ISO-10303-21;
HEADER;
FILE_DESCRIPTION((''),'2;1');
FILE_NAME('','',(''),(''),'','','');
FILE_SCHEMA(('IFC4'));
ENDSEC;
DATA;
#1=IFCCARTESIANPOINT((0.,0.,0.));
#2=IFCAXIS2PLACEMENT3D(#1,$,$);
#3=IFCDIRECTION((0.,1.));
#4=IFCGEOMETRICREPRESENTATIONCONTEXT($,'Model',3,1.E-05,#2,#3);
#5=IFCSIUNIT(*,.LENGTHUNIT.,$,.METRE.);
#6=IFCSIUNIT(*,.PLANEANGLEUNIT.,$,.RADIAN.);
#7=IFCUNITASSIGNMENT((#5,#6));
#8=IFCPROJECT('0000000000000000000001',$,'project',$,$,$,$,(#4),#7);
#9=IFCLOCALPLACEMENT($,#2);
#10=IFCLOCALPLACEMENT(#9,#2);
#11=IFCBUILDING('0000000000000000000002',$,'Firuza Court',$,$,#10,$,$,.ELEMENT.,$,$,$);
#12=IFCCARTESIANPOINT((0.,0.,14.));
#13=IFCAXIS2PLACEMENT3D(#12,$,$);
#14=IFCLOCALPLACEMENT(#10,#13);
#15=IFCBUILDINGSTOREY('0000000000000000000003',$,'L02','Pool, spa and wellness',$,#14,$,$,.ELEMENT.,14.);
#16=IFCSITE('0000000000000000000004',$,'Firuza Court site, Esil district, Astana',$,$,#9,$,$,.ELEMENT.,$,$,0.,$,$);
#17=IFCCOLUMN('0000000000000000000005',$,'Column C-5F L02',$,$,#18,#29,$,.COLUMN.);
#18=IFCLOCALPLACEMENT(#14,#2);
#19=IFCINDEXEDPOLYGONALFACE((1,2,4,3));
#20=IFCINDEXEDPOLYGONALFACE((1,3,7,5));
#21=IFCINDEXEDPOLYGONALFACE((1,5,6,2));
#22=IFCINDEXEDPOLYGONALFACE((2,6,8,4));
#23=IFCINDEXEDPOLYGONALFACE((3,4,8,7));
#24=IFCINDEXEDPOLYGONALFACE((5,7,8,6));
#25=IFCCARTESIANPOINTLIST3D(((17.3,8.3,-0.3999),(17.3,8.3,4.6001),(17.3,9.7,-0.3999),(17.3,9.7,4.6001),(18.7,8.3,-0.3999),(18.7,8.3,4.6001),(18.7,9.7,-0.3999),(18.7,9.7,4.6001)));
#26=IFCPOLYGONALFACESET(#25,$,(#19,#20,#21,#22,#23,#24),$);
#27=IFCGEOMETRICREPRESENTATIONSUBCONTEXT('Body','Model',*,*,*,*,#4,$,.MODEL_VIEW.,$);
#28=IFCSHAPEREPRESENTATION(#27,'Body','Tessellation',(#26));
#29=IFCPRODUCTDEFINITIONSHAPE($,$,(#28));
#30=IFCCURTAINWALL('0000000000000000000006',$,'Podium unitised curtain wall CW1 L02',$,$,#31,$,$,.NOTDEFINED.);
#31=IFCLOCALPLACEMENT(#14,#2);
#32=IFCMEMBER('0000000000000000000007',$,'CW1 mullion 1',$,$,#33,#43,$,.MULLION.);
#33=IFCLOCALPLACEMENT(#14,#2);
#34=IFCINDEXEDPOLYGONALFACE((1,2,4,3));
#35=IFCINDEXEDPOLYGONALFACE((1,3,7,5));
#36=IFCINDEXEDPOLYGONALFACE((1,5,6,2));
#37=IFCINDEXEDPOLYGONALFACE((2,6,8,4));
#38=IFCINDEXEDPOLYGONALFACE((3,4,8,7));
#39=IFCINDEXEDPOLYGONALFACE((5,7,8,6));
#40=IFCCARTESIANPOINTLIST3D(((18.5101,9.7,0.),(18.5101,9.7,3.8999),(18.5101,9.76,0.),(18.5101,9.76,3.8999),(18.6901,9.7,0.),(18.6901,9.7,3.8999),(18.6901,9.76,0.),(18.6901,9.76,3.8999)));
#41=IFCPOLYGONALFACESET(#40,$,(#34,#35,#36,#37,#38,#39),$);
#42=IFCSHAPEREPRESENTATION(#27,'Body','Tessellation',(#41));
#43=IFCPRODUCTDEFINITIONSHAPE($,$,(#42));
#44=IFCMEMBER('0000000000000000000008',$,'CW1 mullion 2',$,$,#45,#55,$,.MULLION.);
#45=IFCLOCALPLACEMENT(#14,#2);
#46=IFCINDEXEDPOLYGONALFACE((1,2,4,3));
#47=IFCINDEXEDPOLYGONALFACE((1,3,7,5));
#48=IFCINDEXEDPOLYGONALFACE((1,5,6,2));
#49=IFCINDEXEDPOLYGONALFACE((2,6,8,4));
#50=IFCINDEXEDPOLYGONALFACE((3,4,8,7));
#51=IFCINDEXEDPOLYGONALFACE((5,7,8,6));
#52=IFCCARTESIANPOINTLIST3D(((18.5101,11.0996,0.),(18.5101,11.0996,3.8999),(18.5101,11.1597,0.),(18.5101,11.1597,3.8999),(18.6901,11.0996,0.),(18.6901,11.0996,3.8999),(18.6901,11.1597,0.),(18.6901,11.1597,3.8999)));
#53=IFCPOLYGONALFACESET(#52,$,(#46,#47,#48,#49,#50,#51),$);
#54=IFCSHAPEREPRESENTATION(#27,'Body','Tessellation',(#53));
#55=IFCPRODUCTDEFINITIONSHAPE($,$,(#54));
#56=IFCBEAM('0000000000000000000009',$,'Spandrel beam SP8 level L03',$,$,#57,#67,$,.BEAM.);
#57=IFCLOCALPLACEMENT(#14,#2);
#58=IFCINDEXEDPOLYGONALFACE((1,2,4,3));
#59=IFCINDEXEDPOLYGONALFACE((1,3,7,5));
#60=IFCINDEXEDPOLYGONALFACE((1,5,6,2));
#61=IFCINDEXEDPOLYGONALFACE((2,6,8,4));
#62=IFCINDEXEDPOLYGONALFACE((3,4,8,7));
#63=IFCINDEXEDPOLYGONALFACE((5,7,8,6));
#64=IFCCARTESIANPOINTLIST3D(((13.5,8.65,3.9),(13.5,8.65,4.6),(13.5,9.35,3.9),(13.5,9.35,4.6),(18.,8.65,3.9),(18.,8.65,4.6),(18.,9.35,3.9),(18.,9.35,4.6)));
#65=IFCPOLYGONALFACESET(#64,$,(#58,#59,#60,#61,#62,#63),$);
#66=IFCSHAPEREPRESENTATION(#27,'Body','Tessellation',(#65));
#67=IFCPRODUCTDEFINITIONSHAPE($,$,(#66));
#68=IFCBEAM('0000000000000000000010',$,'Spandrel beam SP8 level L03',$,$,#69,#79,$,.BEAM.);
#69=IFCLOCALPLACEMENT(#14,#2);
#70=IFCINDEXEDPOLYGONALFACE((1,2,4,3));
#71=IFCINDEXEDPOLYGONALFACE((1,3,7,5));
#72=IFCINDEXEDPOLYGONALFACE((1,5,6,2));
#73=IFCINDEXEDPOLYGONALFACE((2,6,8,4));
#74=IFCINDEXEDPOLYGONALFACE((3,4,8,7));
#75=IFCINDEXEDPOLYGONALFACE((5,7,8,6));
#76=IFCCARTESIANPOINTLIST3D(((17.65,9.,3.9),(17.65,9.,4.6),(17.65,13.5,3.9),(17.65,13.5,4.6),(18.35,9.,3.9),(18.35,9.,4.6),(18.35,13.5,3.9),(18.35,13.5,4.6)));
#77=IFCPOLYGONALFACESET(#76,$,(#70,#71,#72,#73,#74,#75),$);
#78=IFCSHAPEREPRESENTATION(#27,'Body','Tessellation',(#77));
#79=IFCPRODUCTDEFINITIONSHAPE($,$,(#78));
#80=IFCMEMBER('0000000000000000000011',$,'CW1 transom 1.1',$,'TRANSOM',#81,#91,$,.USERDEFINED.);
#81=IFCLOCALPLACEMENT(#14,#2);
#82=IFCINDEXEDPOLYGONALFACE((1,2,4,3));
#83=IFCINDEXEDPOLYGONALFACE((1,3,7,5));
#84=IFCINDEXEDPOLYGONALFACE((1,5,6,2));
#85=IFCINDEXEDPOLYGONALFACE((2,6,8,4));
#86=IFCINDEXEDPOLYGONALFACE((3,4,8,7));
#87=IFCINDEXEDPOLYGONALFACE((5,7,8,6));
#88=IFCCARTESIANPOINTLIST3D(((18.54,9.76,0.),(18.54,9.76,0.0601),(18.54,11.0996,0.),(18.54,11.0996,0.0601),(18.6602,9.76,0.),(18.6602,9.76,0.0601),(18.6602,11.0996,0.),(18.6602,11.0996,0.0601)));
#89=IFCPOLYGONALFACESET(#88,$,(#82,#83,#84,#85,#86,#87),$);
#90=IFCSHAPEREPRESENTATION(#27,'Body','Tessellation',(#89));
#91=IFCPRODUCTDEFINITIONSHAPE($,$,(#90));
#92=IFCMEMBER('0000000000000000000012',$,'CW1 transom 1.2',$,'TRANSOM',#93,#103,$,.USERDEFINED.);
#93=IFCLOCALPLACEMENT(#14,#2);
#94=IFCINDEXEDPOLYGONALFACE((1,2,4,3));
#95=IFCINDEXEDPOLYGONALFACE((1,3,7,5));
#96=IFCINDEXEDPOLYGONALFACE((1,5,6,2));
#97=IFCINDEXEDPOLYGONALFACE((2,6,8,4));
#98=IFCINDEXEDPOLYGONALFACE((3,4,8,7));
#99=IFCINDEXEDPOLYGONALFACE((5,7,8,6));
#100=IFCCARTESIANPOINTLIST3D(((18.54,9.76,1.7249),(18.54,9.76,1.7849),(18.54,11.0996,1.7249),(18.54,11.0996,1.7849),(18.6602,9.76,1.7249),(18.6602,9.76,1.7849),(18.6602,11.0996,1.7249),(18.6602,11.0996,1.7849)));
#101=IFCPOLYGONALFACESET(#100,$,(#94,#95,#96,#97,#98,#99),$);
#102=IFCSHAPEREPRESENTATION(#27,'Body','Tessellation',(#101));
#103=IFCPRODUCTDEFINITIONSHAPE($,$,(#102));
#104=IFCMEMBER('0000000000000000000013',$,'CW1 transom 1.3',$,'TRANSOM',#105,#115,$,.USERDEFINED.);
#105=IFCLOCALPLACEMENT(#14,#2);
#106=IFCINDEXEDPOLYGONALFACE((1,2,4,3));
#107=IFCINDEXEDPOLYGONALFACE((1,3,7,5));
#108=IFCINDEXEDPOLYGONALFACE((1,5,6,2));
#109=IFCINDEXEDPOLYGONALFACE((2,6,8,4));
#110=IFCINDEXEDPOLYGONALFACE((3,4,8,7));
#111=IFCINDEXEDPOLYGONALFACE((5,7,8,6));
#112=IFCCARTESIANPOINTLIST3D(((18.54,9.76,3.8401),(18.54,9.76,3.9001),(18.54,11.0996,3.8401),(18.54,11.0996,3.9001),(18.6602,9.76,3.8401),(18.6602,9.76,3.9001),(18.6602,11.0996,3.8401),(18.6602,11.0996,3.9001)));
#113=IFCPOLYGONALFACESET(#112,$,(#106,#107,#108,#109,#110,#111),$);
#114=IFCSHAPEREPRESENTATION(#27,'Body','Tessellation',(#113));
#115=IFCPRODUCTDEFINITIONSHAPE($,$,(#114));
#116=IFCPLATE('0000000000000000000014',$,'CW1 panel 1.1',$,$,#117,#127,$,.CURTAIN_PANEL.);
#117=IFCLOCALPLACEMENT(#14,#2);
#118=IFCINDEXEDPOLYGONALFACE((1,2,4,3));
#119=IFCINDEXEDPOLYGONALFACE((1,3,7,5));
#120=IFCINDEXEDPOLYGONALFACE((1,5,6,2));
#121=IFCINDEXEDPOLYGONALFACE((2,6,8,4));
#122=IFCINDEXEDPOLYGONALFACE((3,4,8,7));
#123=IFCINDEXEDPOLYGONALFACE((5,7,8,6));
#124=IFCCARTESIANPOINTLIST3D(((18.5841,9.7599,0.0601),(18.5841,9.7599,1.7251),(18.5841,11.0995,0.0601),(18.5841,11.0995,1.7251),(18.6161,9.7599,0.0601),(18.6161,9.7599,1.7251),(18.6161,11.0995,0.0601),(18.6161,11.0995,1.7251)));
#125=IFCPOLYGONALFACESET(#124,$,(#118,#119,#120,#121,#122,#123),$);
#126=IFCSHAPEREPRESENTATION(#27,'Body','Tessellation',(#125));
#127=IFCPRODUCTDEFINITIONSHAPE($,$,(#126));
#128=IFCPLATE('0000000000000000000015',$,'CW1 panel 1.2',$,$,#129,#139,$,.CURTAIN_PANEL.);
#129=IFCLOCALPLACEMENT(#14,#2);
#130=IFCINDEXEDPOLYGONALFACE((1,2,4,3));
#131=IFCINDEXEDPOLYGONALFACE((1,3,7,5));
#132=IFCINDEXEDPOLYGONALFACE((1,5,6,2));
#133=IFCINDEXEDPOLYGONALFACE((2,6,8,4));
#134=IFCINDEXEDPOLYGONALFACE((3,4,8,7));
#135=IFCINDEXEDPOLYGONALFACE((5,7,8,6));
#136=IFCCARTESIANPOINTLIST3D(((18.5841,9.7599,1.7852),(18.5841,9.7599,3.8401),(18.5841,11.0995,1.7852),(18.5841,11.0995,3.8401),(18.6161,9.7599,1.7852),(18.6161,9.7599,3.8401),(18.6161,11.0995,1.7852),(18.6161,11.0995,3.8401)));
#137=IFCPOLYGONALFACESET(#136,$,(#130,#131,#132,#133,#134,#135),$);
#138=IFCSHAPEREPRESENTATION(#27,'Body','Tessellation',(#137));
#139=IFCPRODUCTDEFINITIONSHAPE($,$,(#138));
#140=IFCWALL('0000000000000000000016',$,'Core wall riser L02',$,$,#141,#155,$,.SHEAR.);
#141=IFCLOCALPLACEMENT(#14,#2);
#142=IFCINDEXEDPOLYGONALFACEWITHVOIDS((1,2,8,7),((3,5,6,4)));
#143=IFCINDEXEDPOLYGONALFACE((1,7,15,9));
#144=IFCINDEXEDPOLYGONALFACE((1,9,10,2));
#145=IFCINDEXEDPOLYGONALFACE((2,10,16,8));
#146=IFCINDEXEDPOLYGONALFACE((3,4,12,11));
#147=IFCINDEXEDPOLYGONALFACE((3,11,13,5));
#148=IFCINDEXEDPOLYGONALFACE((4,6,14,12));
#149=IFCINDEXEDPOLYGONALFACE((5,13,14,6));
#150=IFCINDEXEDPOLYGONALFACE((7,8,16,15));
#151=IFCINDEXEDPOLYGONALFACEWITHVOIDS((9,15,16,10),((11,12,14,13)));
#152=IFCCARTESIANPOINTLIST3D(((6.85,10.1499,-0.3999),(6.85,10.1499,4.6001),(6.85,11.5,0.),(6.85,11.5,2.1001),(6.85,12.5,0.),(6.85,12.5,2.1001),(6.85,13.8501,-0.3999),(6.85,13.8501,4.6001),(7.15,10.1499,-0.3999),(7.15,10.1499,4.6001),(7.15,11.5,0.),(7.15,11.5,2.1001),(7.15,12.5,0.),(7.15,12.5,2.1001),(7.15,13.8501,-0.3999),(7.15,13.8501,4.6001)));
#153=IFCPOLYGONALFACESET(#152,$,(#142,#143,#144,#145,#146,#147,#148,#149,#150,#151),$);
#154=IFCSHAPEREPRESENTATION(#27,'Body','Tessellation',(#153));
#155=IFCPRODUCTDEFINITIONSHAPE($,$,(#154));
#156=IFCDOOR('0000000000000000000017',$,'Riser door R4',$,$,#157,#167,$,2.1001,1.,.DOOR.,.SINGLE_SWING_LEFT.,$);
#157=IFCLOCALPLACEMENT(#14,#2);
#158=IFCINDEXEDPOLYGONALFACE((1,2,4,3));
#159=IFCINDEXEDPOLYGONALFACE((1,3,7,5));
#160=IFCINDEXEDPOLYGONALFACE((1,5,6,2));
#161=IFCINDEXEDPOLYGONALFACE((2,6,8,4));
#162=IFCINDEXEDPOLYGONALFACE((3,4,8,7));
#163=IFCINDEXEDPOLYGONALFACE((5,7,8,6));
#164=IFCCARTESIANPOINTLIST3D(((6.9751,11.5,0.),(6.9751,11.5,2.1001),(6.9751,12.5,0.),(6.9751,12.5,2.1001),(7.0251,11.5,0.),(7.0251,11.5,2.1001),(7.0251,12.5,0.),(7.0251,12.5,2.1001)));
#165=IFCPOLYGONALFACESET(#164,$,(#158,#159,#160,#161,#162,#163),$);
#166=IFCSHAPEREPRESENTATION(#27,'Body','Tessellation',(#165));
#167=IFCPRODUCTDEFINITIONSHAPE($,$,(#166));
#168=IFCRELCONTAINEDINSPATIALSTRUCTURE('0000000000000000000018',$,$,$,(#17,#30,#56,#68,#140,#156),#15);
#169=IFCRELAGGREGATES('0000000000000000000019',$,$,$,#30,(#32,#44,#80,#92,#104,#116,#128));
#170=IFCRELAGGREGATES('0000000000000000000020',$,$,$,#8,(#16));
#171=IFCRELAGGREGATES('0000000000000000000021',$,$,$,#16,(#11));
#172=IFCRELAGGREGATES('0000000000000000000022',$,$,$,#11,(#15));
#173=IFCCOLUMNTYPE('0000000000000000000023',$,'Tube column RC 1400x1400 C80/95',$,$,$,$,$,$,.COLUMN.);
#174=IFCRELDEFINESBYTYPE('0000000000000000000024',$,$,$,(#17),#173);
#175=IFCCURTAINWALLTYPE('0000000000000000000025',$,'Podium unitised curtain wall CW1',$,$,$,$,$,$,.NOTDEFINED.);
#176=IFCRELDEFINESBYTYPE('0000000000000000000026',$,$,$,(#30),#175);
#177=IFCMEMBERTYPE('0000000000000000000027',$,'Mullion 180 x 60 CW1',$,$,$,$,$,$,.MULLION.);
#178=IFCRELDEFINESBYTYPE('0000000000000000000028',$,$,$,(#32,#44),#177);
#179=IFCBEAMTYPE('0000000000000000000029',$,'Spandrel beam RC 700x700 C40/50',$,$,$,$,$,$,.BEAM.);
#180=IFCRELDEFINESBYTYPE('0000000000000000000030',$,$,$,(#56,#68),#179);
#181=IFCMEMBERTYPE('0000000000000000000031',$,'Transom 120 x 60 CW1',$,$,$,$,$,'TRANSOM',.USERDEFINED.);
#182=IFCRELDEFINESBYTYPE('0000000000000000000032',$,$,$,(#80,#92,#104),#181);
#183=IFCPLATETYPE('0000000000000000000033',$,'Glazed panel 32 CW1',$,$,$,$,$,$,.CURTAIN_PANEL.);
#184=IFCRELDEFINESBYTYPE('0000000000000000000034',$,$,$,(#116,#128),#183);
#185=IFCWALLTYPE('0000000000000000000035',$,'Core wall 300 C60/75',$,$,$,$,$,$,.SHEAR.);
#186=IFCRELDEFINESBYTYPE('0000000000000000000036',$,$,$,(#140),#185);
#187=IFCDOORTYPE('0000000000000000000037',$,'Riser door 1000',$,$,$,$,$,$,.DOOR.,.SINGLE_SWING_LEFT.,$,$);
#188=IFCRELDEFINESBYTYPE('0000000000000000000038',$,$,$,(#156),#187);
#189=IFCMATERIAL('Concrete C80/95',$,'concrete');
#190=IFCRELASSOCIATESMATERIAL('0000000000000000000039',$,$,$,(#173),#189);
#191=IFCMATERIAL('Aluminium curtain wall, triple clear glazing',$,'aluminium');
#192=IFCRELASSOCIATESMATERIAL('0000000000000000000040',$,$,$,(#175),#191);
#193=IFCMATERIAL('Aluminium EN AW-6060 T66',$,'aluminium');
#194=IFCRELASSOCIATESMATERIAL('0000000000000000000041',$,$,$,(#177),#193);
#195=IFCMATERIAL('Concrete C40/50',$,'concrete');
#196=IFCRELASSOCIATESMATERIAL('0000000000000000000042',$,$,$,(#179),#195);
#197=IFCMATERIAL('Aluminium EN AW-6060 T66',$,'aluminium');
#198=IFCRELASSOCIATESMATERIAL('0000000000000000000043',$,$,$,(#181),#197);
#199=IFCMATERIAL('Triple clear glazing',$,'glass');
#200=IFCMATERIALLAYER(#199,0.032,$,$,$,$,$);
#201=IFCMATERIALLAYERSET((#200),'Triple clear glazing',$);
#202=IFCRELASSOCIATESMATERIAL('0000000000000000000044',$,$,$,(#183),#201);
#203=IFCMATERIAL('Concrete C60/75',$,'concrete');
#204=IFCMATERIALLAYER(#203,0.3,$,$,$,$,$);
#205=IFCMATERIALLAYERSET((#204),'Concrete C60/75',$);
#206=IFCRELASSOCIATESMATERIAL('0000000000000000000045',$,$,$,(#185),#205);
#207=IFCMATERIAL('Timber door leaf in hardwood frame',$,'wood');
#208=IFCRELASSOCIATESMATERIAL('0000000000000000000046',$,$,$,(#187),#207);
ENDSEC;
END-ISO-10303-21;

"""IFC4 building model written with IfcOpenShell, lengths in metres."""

from ifc_helpers import new_model, si_unit, direction, frame, frame_2d, origin, origin_2d, place, context, subcontext, project, spatial, rectangle, extrude, material, layer, layer_set, material_profile, profile_set, type_object, element, fill, aggregate, save


model = new_model("IFC4")

# Units and contexts
model_context = context("Model", 3, precision=1e-05, world=origin(), true_north=direction((0.0, 1.0)))
body_context = subcontext(model_context, "Body", "Model", "MODEL_VIEW")
ifc_project = project(units=[si_unit("LENGTHUNIT", "METRE"), si_unit("PLANEANGLEUNIT", "RADIAN")], contexts=[model_context])

# Site, building, storey
site_placement = place(None, origin())
site = spatial("IfcSite", under=ifc_project, at=site_placement, Name="Firuza Court site, Esil district, Astana", CompositionType="ELEMENT", RefElevation=0.0)
building_placement = place(site_placement, origin())
building = spatial("IfcBuilding", under=site, at=building_placement, Name="Firuza Court", CompositionType="ELEMENT")
storey_placement = place(building_placement, frame((0.0, 0.0, 14.0)))
storey = spatial("IfcBuildingStorey", under=building, at=storey_placement, Name="L02", Description="Pool, spa and wellness", CompositionType="ELEMENT", Elevation=14.0)

# Column
ifc_material_1 = material(Name="Concrete C80/95", Category="concrete")
ifc_material_profile_1 = material_profile(ifc_material_1, rectangle(XDim=1.3999, YDim=1.3999, at=origin_2d()), Name="RC 1400x1400")
ifc_profile_set_1 = profile_set([ifc_material_profile_1], Name="Concrete C80/95")
column_type = type_object("IfcColumnType", Name="Tube column RC 1400x1400 C80/95", PredefinedType="COLUMN", material=ifc_profile_set_1)
column_placement = place(storey_placement, frame((18.0, 9.0, -0.3999), z_axis=(0.0, 0.0, 1.0), x_axis=(1.0, 0.0, 0.0)))
element("IfcColumn", 1, at=column_placement, inside=storey, type_object=column_type, Name="Column C-5F L02", PredefinedType="COLUMN", context=body_context, shape_type="SweptSolid", body=[
    extrude(rectangle(XDim=1.3999, YDim=1.3999, at=origin_2d()), origin(), (0.0, 0.0, 1.0), 5.0),
])

# Curtain wall, members
ifc_material_2 = material(Name="Aluminium curtain wall, triple clear glazing", Category="aluminium")
curtain_wall_type = type_object("IfcCurtainWallType", Name="Podium unitised curtain wall CW1", PredefinedType="NOTDEFINED", material=ifc_material_2)
curtain_wall_placement = place(storey_placement, origin())
curtain_wall = element("IfcCurtainWall", 2, at=curtain_wall_placement, inside=storey, type_object=curtain_wall_type, Name="Podium unitised curtain wall CW1 L02", PredefinedType="NOTDEFINED")
ifc_material_3 = material(Name="Aluminium EN AW-6060 T66", Category="aluminium")
ifc_material_profile_2 = material_profile(ifc_material_3, rectangle(XDim=0.1799, YDim=0.0601, at=origin_2d()), Name="Mullion 180 x 60 CW1")
ifc_profile_set_2 = profile_set([ifc_material_profile_2], Name="Aluminium EN AW-6060 T66")
member_type_1 = type_object("IfcMemberType", Name="Mullion 180 x 60 CW1", PredefinedType="MULLION", material=ifc_profile_set_2)
member_1_placement = place(storey_placement, frame((18.6001, 9.73, 0.0), z_axis=(0.0, 0.0, 1.0), x_axis=(-1.0, 0.0, 0.0)))
member_1 = element("IfcMember", 3, at=member_1_placement, type_object=member_type_1, Name="CW1 mullion 1", PredefinedType="MULLION", context=body_context, shape_type="SweptSolid", body=[
    extrude(rectangle(XDim=0.1799, YDim=0.0601, at=origin_2d()), origin(), (0.0, 0.0, 1.0), 3.8999),
])
member_2_placement = place(storey_placement, frame((18.6001, 11.1296, 0.0), z_axis=(0.0, 0.0, 1.0), x_axis=(-1.0, 0.0, 0.0)))
member_2 = element("IfcMember", 4, at=member_2_placement, type_object=member_type_1, Name="CW1 mullion 2", PredefinedType="MULLION", context=body_context, shape_type="SweptSolid", body=[
    extrude(rectangle(XDim=0.1799, YDim=0.0601, at=origin_2d()), origin(), (0.0, 0.0, 1.0), 3.8999),
])

# Beams
ifc_material_4 = material(Name="Concrete C40/50", Category="concrete")
ifc_material_profile_3 = material_profile(ifc_material_4, rectangle(XDim=0.7, YDim=0.7, at=origin_2d()), Name="RC 700x700")
ifc_profile_set_3 = profile_set([ifc_material_profile_3], Name="Concrete C40/50")
beam_type = type_object("IfcBeamType", Name="Spandrel beam RC 700x700 C40/50", PredefinedType="BEAM", material=ifc_profile_set_3)
for number, where, z_axis, x_axis, name in (
    (5, (13.5, 9.0, 4.25), (1.0, 0.0, 0.0), (0.0, 1.0, 0.0), "Spandrel beam SP8 level L03"),
    (6, (18.0, 9.0, 4.25), (0.0, 1.0, 0.0), (-1.0, 0.0, 0.0), "Spandrel beam SP8 level L03"),
):
    element("IfcBeam", number, at=place(storey_placement, frame(where, z_axis=z_axis, x_axis=x_axis)), inside=storey, type_object=beam_type, Name=name, PredefinedType="BEAM", context=body_context, shape_type="SweptSolid", body=[
        extrude(rectangle(XDim=0.7, YDim=0.7, at=origin_2d()), origin(), (0.0, 0.0, 1.0), 4.5),
    ])

# Members
ifc_material_5 = material(Name="Aluminium EN AW-6060 T66", Category="aluminium")
ifc_material_profile_4 = material_profile(ifc_material_5, rectangle(XDim=0.1201, YDim=0.0601, at=origin_2d()), Name="Transom 120 x 60 CW1")
ifc_profile_set_4 = profile_set([ifc_material_profile_4], Name="Aluminium EN AW-6060 T66")
member_type_2 = type_object("IfcMemberType", Name="Transom 120 x 60 CW1", ElementType="TRANSOM", PredefinedType="USERDEFINED", material=ifc_profile_set_4)
member_3_placement = place(storey_placement, frame((18.6001, 9.76, 0.03), z_axis=(0.0, 1.0, 0.0), x_axis=(-1.0, 0.0, 0.0)))
member_3 = element("IfcMember", 7, at=member_3_placement, type_object=member_type_2, Name="CW1 transom 1.1", ObjectType="TRANSOM", PredefinedType="USERDEFINED", context=body_context, shape_type="SweptSolid", body=[
    extrude(rectangle(XDim=0.1201, YDim=0.0601, at=origin_2d()), origin(), (0.0, 0.0, 1.0), 1.3396),
])
member_4_placement = place(storey_placement, frame((18.6001, 9.76, 1.7549), z_axis=(0.0, 1.0, 0.0), x_axis=(-1.0, 0.0, 0.0)))
member_4 = element("IfcMember", 8, at=member_4_placement, type_object=member_type_2, Name="CW1 transom 1.2", ObjectType="TRANSOM", PredefinedType="USERDEFINED", context=body_context, shape_type="SweptSolid", body=[
    extrude(rectangle(XDim=0.1201, YDim=0.0601, at=origin_2d()), origin(), (0.0, 0.0, 1.0), 1.3396),
])
member_5_placement = place(storey_placement, frame((18.6001, 9.76, 3.8701), z_axis=(0.0, 1.0, 0.0), x_axis=(-1.0, 0.0, 0.0)))
member_5 = element("IfcMember", 9, at=member_5_placement, type_object=member_type_2, Name="CW1 transom 1.3", ObjectType="TRANSOM", PredefinedType="USERDEFINED", context=body_context, shape_type="SweptSolid", body=[
    extrude(rectangle(XDim=0.1201, YDim=0.0601, at=origin_2d()), origin(), (0.0, 0.0, 1.0), 1.3396),
])

# Plates
ifc_material_6 = material(Name="Triple clear glazing", Category="glass")
ifc_layer_1 = layer(ifc_material_6, 0.032)
ifc_layer_set_1 = layer_set([ifc_layer_1], Name="Triple clear glazing")
plate_type = type_object("IfcPlateType", Name="Glazed panel 32 CW1", PredefinedType="CURTAIN_PANEL", material=ifc_layer_set_1)
plate_1_placement = place(storey_placement, frame((18.6001, 10.4297, 0.0601), z_axis=(0.0, 0.0, 1.0), x_axis=(0.0, 1.0, 0.0)))
plate_1 = element("IfcPlate", 10, at=plate_1_placement, type_object=plate_type, Name="CW1 panel 1.1", PredefinedType="CURTAIN_PANEL", context=body_context, shape_type="SweptSolid", body=[
    extrude(rectangle(XDim=1.3396, YDim=0.032, at=origin_2d()), origin(), (0.0, 0.0, 1.0), 1.665),
])
plate_2_placement = place(storey_placement, frame((18.6001, 10.4297, 1.7852), z_axis=(0.0, 0.0, 1.0), x_axis=(0.0, 1.0, 0.0)))
plate_2 = element("IfcPlate", 11, at=plate_2_placement, type_object=plate_type, Name="CW1 panel 1.2", PredefinedType="CURTAIN_PANEL", context=body_context, shape_type="SweptSolid", body=[
    extrude(rectangle(XDim=1.3396, YDim=0.032, at=origin_2d()), origin(), (0.0, 0.0, 1.0), 2.0549),
])
aggregate(curtain_wall, [member_1, member_2, member_3, member_4, member_5, plate_1, plate_2])

# Wall, opening, door
ifc_material_7 = material(Name="Concrete C60/75", Category="concrete")
ifc_layer_2 = layer(ifc_material_7, 0.3)
ifc_layer_set_2 = layer_set([ifc_layer_2], Name="Concrete C60/75")
wall_type_1 = type_object("IfcWallType", Name="Core wall 300 C60/75", PredefinedType="SHEAR", material=ifc_layer_set_2)
wall_1_placement = place(storey_placement, frame((7.0, 10.1499, -0.3999), z_axis=(0.0, 0.0, 1.0), x_axis=(0.0, 1.0, 0.0)))
wall_1 = element("IfcWall", 12, at=wall_1_placement, inside=storey, type_object=wall_type_1, Name="Core wall riser L02", PredefinedType="SHEAR", context=body_context, shape_type="SweptSolid", body=[
    extrude(rectangle(XDim=3.7002, YDim=0.3, at=frame_2d((1.8501, 0.0))), origin(), (0.0, 0.0, 1.0), 5.0),
])
opening_1_placement = place(wall_1_placement, frame((1.3501, 0.0, 0.3999)))
opening_1 = element("IfcOpeningElement", 13, at=opening_1_placement, cuts=wall_1, PredefinedType="OPENING", context=body_context, shape_type="SweptSolid", body=[
    extrude(rectangle(XDim=1.0, YDim=2.1001, at=frame_2d((0.5, 1.05))), frame((0.0, 0.1621, 0.0), z_axis=(0.0, -1.0, 0.0), x_axis=(1.0, 0.0, 0.0)), (0.0, 0.0, 1.0), 0.324),
])
ifc_material_8 = material(Name="Timber door leaf in hardwood frame", Category="wood")
door_type_1 = type_object("IfcDoorType", Name="Riser door 1000", OperationType="SINGLE_SWING_LEFT", PredefinedType="DOOR", material=ifc_material_8)
door_1_placement = place(opening_1_placement, origin())
door_1 = element("IfcDoor", 14, at=door_1_placement, inside=storey, type_object=door_type_1, Name="Riser door R4", OperationType="SINGLE_SWING_LEFT", OverallHeight=2.1001, OverallWidth=1.0, PredefinedType="DOOR", context=body_context, shape_type="SweptSolid", body=[
    extrude(rectangle(XDim=1.0, YDim=2.1001, at=frame_2d((0.5, 1.05))), frame((0.0, 0.0249, 0.0), z_axis=(0.0, -1.0, 0.0), x_axis=(1.0, 0.0, 0.0)), (0.0, 0.0, 1.0), 0.05),
])
fill(opening_1, door_1)

save(model, "model.ifc")
